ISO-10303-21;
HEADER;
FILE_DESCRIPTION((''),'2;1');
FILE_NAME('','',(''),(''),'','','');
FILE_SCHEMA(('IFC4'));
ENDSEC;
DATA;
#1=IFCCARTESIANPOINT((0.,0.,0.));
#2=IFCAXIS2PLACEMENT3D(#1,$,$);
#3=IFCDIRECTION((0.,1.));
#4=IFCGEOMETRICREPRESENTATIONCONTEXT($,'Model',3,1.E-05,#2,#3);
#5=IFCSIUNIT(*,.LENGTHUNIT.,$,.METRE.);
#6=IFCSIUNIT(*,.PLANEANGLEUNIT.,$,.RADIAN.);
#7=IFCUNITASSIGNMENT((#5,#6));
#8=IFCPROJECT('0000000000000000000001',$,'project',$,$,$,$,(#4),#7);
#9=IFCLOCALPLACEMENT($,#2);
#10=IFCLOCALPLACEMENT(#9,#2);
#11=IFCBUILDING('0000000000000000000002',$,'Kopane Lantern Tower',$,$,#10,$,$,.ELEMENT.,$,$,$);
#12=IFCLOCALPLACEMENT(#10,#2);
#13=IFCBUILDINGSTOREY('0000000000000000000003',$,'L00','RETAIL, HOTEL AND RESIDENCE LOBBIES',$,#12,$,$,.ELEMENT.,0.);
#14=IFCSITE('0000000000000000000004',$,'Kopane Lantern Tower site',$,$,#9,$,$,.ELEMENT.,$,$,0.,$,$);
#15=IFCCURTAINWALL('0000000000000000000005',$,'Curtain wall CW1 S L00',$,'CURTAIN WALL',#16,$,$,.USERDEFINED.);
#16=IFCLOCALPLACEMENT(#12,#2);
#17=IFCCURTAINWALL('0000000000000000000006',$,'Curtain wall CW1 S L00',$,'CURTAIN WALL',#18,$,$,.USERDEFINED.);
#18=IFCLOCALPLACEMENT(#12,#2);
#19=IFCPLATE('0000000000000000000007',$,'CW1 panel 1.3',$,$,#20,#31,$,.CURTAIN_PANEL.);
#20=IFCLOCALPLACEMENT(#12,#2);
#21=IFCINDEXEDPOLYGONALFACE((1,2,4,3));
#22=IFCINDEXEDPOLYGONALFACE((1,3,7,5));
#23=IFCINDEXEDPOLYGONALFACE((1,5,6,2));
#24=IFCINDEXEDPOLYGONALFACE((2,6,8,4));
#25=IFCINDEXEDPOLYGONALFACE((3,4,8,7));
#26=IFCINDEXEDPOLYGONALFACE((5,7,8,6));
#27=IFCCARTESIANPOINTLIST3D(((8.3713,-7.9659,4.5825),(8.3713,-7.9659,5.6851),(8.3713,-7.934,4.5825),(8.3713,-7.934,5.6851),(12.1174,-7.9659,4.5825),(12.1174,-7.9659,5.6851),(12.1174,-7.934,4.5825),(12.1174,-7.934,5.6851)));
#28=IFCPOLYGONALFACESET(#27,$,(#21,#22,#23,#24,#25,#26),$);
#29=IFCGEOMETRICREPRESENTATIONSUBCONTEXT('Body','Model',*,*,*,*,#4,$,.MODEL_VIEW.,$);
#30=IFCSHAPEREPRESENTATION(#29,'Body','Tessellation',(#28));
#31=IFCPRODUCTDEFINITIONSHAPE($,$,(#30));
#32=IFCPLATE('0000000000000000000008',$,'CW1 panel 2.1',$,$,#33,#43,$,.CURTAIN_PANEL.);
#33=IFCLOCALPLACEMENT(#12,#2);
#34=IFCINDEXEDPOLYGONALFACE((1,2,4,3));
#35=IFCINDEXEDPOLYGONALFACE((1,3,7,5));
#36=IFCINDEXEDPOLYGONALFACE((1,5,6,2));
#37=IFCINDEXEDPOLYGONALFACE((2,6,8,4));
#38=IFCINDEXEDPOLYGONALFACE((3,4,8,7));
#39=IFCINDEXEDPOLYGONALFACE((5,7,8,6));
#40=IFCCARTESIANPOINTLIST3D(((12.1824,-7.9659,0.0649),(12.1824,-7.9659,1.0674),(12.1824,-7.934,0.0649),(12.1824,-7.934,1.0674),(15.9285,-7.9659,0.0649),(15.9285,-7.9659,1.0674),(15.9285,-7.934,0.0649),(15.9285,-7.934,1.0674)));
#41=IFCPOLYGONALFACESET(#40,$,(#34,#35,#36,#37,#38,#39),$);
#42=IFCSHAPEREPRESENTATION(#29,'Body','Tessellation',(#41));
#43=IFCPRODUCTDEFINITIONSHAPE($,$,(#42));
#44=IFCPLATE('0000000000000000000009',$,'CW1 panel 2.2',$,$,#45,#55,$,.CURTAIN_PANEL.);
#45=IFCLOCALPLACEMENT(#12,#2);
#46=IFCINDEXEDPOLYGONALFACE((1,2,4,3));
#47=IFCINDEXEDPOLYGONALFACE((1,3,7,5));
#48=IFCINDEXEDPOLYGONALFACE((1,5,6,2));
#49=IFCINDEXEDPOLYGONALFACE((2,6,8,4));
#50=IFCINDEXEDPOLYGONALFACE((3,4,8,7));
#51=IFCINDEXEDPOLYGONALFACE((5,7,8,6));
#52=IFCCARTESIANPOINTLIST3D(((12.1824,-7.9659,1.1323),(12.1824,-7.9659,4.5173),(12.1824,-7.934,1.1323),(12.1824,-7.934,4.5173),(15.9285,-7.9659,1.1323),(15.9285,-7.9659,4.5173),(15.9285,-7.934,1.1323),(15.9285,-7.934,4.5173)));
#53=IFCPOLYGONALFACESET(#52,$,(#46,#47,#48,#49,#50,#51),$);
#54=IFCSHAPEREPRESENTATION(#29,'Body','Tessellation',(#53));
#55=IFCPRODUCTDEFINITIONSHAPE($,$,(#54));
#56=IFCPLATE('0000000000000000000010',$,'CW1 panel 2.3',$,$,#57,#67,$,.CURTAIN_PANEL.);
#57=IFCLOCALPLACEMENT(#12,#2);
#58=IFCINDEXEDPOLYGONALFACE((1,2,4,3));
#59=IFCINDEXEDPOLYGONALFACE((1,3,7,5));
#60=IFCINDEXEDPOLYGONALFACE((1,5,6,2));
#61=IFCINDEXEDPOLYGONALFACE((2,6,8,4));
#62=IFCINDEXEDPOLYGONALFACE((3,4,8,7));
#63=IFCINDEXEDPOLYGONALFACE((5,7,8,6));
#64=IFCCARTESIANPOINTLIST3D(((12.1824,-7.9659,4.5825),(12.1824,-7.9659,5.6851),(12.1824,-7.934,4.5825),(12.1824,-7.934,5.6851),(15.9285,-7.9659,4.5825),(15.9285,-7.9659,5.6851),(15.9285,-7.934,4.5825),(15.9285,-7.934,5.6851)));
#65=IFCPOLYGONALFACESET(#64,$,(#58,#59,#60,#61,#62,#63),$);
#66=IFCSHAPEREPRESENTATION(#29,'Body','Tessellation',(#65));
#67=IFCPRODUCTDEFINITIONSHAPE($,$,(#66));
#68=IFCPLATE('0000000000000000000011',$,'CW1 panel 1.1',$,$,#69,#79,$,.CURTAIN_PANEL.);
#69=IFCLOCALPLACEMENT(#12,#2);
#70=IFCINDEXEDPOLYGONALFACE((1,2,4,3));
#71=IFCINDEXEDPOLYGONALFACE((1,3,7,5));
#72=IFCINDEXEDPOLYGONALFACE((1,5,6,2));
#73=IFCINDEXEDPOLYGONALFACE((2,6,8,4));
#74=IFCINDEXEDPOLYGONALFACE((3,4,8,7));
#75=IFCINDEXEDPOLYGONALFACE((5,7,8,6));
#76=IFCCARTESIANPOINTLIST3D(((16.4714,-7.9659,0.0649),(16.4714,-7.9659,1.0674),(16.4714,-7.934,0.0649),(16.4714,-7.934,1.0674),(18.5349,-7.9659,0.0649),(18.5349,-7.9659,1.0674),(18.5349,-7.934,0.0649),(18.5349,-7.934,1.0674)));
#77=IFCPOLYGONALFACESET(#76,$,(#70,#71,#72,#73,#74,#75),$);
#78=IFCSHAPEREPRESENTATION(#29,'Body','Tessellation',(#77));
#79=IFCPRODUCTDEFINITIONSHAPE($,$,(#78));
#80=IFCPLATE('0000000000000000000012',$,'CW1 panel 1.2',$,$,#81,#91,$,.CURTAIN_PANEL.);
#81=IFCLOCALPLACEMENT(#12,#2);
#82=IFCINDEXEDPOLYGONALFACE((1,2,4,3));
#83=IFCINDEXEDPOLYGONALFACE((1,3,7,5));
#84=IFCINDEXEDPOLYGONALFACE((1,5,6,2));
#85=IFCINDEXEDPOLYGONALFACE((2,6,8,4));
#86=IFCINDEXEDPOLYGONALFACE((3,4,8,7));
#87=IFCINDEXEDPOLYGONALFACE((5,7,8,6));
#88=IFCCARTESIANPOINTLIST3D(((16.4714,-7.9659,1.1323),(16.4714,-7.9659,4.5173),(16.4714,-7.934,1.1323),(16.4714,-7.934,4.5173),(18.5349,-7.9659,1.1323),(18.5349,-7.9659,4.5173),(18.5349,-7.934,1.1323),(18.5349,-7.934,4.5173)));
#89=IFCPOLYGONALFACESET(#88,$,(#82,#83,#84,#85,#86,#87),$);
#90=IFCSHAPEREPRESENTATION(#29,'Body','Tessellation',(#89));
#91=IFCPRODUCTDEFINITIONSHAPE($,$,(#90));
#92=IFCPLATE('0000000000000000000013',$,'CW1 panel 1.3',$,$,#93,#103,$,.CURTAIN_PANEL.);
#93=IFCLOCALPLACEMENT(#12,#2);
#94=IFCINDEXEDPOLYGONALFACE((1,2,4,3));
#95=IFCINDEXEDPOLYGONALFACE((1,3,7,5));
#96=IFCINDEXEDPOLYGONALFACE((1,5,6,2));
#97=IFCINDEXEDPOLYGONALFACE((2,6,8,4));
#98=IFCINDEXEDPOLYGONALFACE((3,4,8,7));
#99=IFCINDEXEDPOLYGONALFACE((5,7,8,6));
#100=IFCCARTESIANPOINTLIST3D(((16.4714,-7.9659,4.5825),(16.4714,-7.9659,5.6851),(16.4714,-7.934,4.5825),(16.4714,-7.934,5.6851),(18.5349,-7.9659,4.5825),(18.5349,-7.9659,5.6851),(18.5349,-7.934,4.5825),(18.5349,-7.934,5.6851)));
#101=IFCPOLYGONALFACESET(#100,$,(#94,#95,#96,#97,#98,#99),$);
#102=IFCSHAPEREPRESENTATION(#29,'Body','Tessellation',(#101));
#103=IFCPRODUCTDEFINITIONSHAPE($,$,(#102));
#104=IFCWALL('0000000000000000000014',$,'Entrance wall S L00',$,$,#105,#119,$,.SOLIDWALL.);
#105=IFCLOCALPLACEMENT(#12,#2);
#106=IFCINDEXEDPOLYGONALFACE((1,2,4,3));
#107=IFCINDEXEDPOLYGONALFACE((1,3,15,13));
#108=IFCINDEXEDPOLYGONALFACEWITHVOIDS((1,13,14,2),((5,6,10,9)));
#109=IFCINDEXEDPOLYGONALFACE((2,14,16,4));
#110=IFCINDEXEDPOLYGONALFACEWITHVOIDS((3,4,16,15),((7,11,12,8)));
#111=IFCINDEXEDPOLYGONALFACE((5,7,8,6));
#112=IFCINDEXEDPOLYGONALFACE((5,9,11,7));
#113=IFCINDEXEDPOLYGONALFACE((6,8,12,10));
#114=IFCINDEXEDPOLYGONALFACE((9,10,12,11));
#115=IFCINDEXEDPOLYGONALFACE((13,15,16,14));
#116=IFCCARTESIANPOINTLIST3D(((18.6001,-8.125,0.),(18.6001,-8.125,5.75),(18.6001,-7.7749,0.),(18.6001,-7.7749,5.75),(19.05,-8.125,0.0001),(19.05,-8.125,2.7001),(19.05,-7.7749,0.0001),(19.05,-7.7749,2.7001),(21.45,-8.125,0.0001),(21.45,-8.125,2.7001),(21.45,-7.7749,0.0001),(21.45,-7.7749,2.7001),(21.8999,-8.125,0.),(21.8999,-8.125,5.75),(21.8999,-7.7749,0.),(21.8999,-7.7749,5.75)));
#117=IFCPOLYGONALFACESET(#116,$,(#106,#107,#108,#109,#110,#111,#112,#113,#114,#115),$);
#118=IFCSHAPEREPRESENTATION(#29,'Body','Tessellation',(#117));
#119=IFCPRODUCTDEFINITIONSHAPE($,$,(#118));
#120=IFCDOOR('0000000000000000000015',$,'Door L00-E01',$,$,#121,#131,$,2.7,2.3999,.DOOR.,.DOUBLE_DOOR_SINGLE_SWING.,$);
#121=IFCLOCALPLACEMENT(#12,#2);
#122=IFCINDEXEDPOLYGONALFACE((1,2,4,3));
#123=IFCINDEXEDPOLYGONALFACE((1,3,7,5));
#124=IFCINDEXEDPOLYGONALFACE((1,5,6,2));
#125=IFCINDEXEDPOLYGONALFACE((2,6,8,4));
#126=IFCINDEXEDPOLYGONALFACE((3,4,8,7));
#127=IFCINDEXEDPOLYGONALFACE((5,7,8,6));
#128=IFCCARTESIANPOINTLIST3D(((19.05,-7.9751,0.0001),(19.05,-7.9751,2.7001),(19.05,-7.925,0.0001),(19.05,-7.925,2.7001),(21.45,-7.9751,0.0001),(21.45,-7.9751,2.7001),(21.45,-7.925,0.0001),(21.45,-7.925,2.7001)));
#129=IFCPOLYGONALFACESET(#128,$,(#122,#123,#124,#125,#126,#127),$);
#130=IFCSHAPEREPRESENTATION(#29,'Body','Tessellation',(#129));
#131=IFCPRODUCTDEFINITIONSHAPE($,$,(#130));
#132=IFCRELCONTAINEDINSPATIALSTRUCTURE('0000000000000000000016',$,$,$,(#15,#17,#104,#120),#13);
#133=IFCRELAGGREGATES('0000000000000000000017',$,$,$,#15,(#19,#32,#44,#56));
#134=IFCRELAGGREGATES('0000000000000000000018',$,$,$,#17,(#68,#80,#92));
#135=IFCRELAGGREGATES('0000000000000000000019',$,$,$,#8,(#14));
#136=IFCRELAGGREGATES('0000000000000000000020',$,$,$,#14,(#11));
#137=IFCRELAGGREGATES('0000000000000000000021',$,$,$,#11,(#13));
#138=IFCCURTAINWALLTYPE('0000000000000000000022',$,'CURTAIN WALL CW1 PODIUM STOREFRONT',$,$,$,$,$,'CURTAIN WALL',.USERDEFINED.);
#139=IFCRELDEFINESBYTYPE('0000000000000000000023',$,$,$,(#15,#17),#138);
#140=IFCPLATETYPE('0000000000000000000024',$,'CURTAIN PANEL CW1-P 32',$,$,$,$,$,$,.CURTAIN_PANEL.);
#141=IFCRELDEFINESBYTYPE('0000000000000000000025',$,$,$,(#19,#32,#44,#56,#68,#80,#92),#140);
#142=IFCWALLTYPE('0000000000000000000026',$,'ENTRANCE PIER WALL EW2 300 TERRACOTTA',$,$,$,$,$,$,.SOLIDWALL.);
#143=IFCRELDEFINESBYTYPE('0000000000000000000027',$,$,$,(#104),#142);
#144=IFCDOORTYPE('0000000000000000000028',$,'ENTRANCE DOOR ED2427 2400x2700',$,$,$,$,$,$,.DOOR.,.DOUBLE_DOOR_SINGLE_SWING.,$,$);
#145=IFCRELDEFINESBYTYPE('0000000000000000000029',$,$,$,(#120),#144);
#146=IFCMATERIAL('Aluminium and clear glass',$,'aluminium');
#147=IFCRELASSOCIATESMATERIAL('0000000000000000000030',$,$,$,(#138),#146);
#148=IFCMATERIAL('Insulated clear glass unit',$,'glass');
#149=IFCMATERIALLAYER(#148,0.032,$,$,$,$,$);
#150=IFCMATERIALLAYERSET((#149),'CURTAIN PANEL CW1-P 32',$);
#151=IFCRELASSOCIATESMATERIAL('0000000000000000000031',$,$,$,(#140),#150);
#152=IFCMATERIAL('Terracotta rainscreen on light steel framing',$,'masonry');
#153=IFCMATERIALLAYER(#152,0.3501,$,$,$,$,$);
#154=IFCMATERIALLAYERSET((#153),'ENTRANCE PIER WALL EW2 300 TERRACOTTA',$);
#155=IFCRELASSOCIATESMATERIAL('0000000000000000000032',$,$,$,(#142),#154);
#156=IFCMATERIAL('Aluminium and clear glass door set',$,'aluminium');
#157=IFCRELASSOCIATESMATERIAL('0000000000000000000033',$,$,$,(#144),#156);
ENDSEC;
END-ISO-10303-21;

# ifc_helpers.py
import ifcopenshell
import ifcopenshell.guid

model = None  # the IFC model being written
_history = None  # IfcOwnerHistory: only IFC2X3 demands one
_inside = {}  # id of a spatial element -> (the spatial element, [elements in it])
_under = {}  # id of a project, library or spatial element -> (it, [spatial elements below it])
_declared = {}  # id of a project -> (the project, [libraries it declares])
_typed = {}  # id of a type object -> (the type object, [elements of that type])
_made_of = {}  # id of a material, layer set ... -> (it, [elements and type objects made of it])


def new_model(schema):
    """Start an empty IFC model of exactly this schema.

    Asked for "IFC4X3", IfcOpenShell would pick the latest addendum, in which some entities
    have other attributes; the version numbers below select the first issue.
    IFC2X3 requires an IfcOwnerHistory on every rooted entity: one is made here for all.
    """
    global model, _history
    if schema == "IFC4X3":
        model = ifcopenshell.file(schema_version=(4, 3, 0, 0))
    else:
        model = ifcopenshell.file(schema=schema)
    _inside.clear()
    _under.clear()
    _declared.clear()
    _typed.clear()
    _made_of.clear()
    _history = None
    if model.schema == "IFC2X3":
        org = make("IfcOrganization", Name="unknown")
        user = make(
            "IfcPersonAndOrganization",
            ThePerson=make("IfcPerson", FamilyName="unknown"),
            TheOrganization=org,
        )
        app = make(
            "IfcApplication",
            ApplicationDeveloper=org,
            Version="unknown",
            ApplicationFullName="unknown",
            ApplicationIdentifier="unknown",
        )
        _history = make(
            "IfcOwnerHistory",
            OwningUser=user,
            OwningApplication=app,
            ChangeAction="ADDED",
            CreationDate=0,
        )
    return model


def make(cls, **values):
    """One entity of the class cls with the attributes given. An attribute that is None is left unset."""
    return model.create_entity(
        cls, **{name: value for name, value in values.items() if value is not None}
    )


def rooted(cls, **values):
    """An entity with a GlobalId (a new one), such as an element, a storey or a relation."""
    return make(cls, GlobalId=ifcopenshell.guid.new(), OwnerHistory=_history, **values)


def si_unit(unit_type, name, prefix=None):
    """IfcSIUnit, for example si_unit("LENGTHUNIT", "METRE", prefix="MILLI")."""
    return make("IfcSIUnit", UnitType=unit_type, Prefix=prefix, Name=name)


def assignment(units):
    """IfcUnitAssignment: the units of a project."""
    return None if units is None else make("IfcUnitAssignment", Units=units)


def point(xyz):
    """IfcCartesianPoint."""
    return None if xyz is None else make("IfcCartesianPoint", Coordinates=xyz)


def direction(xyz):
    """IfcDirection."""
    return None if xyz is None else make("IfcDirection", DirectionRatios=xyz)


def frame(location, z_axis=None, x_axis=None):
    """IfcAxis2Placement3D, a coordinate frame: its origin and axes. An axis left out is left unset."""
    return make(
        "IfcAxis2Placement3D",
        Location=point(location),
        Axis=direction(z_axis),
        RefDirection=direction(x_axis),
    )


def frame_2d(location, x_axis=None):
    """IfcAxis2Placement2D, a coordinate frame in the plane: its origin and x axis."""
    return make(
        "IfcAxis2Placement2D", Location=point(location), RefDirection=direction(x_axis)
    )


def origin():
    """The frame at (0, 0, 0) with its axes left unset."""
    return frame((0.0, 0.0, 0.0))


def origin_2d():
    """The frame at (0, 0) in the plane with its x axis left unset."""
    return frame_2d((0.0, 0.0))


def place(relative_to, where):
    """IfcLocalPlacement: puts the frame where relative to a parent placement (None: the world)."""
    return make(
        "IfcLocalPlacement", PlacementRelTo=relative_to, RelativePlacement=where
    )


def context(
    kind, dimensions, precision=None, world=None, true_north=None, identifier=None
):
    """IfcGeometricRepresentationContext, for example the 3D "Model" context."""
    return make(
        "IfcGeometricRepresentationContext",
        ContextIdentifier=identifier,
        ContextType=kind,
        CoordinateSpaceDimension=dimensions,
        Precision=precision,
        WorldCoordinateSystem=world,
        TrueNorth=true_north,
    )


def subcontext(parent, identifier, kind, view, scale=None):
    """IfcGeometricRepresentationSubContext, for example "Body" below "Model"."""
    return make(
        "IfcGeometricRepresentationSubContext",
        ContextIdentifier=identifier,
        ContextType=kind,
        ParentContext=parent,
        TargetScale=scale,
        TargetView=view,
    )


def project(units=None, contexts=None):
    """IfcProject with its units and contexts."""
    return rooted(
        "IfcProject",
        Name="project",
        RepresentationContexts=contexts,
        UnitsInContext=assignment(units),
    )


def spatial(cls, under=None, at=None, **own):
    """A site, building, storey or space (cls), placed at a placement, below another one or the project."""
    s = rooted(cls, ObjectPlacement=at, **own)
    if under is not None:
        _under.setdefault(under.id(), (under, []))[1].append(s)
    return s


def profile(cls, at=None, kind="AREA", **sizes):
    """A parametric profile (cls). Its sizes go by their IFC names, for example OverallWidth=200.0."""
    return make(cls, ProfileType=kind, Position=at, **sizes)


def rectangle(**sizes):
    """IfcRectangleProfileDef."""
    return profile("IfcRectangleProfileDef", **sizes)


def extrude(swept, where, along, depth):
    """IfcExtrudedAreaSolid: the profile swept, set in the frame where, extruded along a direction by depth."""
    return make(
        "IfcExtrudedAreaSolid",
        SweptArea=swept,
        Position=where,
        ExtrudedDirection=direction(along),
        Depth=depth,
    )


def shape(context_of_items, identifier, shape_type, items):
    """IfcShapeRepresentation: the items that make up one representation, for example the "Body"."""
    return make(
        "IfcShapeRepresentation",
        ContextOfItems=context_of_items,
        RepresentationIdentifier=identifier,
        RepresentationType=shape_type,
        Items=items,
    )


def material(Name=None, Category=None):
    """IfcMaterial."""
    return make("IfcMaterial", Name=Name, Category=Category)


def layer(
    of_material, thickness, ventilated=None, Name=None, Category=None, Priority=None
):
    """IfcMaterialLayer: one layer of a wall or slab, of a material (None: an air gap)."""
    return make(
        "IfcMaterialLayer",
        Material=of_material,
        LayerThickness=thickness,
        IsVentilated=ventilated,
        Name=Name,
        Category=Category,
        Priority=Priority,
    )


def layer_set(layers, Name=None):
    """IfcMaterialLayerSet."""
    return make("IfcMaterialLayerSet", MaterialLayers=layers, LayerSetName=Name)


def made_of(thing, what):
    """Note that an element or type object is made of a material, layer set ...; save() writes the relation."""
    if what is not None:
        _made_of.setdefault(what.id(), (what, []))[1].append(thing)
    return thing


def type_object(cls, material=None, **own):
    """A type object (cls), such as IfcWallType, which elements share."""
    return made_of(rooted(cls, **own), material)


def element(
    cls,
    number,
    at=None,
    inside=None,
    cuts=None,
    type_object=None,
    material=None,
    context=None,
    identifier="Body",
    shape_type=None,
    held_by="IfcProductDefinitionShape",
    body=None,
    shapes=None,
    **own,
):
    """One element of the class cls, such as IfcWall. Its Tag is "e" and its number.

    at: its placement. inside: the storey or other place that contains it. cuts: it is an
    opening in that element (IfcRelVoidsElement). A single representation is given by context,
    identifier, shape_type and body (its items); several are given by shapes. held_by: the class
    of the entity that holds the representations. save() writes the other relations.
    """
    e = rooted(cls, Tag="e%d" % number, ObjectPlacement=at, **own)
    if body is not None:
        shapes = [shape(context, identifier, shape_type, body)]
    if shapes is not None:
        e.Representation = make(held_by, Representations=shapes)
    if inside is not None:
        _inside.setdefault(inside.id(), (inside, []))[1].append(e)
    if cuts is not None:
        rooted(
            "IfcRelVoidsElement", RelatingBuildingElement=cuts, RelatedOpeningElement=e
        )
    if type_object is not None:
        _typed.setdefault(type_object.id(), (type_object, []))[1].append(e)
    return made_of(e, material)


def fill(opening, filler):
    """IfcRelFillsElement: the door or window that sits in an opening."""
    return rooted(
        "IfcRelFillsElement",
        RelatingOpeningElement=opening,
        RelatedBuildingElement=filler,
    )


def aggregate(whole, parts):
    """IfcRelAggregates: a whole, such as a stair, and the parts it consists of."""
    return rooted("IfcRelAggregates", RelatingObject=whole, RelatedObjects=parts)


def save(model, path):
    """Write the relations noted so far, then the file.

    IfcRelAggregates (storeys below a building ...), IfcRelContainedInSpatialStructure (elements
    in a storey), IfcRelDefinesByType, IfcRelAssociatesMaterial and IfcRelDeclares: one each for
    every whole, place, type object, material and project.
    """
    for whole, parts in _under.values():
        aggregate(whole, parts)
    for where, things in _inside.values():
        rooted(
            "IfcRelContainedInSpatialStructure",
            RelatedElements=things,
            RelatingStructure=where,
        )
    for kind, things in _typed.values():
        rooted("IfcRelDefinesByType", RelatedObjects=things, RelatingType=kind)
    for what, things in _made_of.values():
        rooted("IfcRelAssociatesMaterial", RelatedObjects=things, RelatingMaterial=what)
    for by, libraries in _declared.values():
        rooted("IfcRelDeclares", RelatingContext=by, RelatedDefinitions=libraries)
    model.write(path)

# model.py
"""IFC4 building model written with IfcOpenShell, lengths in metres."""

from ifc_helpers import new_model, si_unit, direction, frame, frame_2d, origin, origin_2d, place, context, subcontext, project, spatial, rectangle, extrude, material, layer, layer_set, type_object, element, fill, aggregate, save


model = new_model("IFC4")

# Units and contexts
model_context = context("Model", 3, precision=1e-05, world=origin(), true_north=direction((0.0, 1.0)))
body_context = subcontext(model_context, "Body", "Model", "MODEL_VIEW")
ifc_project = project(units=[si_unit("LENGTHUNIT", "METRE"), si_unit("PLANEANGLEUNIT", "RADIAN")], contexts=[model_context])

# Site, building, storey
site_placement = place(None, origin())
site = spatial("IfcSite", under=ifc_project, at=site_placement, Name="Kopane Lantern Tower site", CompositionType="ELEMENT", RefElevation=0.0)
building_placement = place(site_placement, origin())
building = spatial("IfcBuilding", under=site, at=building_placement, Name="Kopane Lantern Tower", CompositionType="ELEMENT")
storey_placement = place(building_placement, origin())
storey = spatial("IfcBuildingStorey", under=building, at=storey_placement, Name="L00", Description="RETAIL, HOTEL AND RESIDENCE LOBBIES", CompositionType="ELEMENT", Elevation=0.0)

# Curtain walls
ifc_material_1 = material(Name="Aluminium and clear glass", Category="aluminium")
curtain_wall_type = type_object("IfcCurtainWallType", Name="CURTAIN WALL CW1 PODIUM STOREFRONT", ElementType="CURTAIN WALL", PredefinedType="USERDEFINED", material=ifc_material_1)
curtain_wall_1_placement = place(storey_placement, origin())
curtain_wall_1 = element("IfcCurtainWall", 1, at=curtain_wall_1_placement, inside=storey, type_object=curtain_wall_type, Name="Curtain wall CW1 S L00", ObjectType="CURTAIN WALL", PredefinedType="USERDEFINED")
curtain_wall_2_placement = place(storey_placement, origin())
curtain_wall_2 = element("IfcCurtainWall", 2, at=curtain_wall_2_placement, inside=storey, type_object=curtain_wall_type, Name="Curtain wall CW1 S L00", ObjectType="CURTAIN WALL", PredefinedType="USERDEFINED")

# Plates
ifc_material_2 = material(Name="Insulated clear glass unit", Category="glass")
ifc_layer_1 = layer(ifc_material_2, 0.032)
ifc_layer_set_1 = layer_set([ifc_layer_1], Name="CURTAIN PANEL CW1-P 32")
plate_type = type_object("IfcPlateType", Name="CURTAIN PANEL CW1-P 32", PredefinedType="CURTAIN_PANEL", material=ifc_layer_set_1)
plate_1_placement = place(storey_placement, frame((10.2444, -7.95, 4.5825), z_axis=(0.0, 0.0, 1.0), x_axis=(1.0, 0.0, 0.0)))
plate_1 = element("IfcPlate", 3, at=plate_1_placement, type_object=plate_type, Name="CW1 panel 1.3", PredefinedType="CURTAIN_PANEL", context=body_context, shape_type="SweptSolid", body=[
    extrude(rectangle(XDim=3.7461, YDim=0.032, at=origin_2d()), origin(), (0.0, 0.0, 1.0), 1.1025),
])
plate_2_placement = place(storey_placement, frame((14.0554, -7.95, 0.0649), z_axis=(0.0, 0.0, 1.0), x_axis=(1.0, 0.0, 0.0)))
plate_2 = element("IfcPlate", 4, at=plate_2_placement, type_object=plate_type, Name="CW1 panel 2.1", PredefinedType="CURTAIN_PANEL", context=body_context, shape_type="SweptSolid", body=[
    extrude(rectangle(XDim=3.7461, YDim=0.032, at=origin_2d()), origin(), (0.0, 0.0, 1.0), 1.0024),
])
plate_3_placement = place(storey_placement, frame((14.0554, -7.95, 1.1323), z_axis=(0.0, 0.0, 1.0), x_axis=(1.0, 0.0, 0.0)))
plate_3 = element("IfcPlate", 5, at=plate_3_placement, type_object=plate_type, Name="CW1 panel 2.2", PredefinedType="CURTAIN_PANEL", context=body_context, shape_type="SweptSolid", body=[
    extrude(rectangle(XDim=3.7461, YDim=0.032, at=origin_2d()), origin(), (0.0, 0.0, 1.0), 3.385),
])
plate_4_placement = place(storey_placement, frame((14.0554, -7.95, 4.5825), z_axis=(0.0, 0.0, 1.0), x_axis=(1.0, 0.0, 0.0)))
plate_4 = element("IfcPlate", 6, at=plate_4_placement, type_object=plate_type, Name="CW1 panel 2.3", PredefinedType="CURTAIN_PANEL", context=body_context, shape_type="SweptSolid", body=[
    extrude(rectangle(XDim=3.7461, YDim=0.032, at=origin_2d()), origin(), (0.0, 0.0, 1.0), 1.1025),
])
aggregate(curtain_wall_1, [plate_1, plate_2, plate_3, plate_4])
plate_5_placement = place(storey_placement, frame((17.5032, -7.95, 0.0649), z_axis=(0.0, 0.0, 1.0), x_axis=(1.0, 0.0, 0.0)))
plate_5 = element("IfcPlate", 7, at=plate_5_placement, type_object=plate_type, Name="CW1 panel 1.1", PredefinedType="CURTAIN_PANEL", context=body_context, shape_type="SweptSolid", body=[
    extrude(rectangle(XDim=2.0635, YDim=0.032, at=origin_2d()), origin(), (0.0, 0.0, 1.0), 1.0024),
])
plate_6_placement = place(storey_placement, frame((17.5032, -7.95, 1.1323), z_axis=(0.0, 0.0, 1.0), x_axis=(1.0, 0.0, 0.0)))
plate_6 = element("IfcPlate", 8, at=plate_6_placement, type_object=plate_type, Name="CW1 panel 1.2", PredefinedType="CURTAIN_PANEL", context=body_context, shape_type="SweptSolid", body=[
    extrude(rectangle(XDim=2.0635, YDim=0.032, at=origin_2d()), origin(), (0.0, 0.0, 1.0), 3.385),
])
plate_7_placement = place(storey_placement, frame((17.5032, -7.95, 4.5825), z_axis=(0.0, 0.0, 1.0), x_axis=(1.0, 0.0, 0.0)))
plate_7 = element("IfcPlate", 9, at=plate_7_placement, type_object=plate_type, Name="CW1 panel 1.3", PredefinedType="CURTAIN_PANEL", context=body_context, shape_type="SweptSolid", body=[
    extrude(rectangle(XDim=2.0635, YDim=0.032, at=origin_2d()), origin(), (0.0, 0.0, 1.0), 1.1025),
])
aggregate(curtain_wall_2, [plate_5, plate_6, plate_7])

# Wall, opening, door
ifc_material_3 = material(Name="Terracotta rainscreen on light steel framing", Category="masonry")
ifc_layer_2 = layer(ifc_material_3, 0.3501)
ifc_layer_set_2 = layer_set([ifc_layer_2], Name="ENTRANCE PIER WALL EW2 300 TERRACOTTA")
wall_type = type_object("IfcWallType", Name="ENTRANCE PIER WALL EW2 300 TERRACOTTA", PredefinedType="SOLIDWALL", material=ifc_layer_set_2)
wall_placement = place(storey_placement, frame((18.6001, -7.95, 0.0), z_axis=(0.0, 0.0, 1.0), x_axis=(1.0, 0.0, 0.0)))
wall = element("IfcWall", 10, at=wall_placement, inside=storey, type_object=wall_type, Name="Entrance wall S L00", PredefinedType="SOLIDWALL", context=body_context, shape_type="SweptSolid", body=[
    extrude(rectangle(XDim=3.2998, YDim=0.3501, at=frame_2d((1.6499, 0.0))), origin(), (0.0, 0.0, 1.0), 5.75),
])
opening_placement = place(wall_placement, frame((0.45, 0.0, 0.0)))
opening = element("IfcOpeningElement", 11, at=opening_placement, cuts=wall, PredefinedType="OPENING", context=body_context, shape_type="SweptSolid", body=[
    extrude(rectangle(XDim=2.3999, YDim=2.7, at=frame_2d((1.2, 1.3501))), frame((0.0, 0.1851, 0.0), z_axis=(0.0, -1.0, 0.0), x_axis=(1.0, 0.0, 0.0)), (0.0, 0.0, 1.0), 0.3701),
])
ifc_material_4 = material(Name="Aluminium and clear glass door set", Category="aluminium")
door_type = type_object("IfcDoorType", Name="ENTRANCE DOOR ED2427 2400x2700", OperationType="DOUBLE_DOOR_SINGLE_SWING", PredefinedType="DOOR", material=ifc_material_4)
door_placement = place(opening_placement, origin())
door = element("IfcDoor", 12, at=door_placement, inside=storey, type_object=door_type, Name="Door L00-E01", OperationType="DOUBLE_DOOR_SINGLE_SWING", OverallHeight=2.7, OverallWidth=2.3999, PredefinedType="DOOR", context=body_context, shape_type="SweptSolid", body=[
    extrude(rectangle(XDim=2.3999, YDim=2.7, at=frame_2d((1.2, 1.3501))), frame((0.0, 0.0249, 0.0), z_axis=(0.0, -1.0, 0.0), x_axis=(1.0, 0.0, 0.0)), (0.0, 0.0, 1.0), 0.05),
])
fill(opening, door)

save(model, "model.ifc")
